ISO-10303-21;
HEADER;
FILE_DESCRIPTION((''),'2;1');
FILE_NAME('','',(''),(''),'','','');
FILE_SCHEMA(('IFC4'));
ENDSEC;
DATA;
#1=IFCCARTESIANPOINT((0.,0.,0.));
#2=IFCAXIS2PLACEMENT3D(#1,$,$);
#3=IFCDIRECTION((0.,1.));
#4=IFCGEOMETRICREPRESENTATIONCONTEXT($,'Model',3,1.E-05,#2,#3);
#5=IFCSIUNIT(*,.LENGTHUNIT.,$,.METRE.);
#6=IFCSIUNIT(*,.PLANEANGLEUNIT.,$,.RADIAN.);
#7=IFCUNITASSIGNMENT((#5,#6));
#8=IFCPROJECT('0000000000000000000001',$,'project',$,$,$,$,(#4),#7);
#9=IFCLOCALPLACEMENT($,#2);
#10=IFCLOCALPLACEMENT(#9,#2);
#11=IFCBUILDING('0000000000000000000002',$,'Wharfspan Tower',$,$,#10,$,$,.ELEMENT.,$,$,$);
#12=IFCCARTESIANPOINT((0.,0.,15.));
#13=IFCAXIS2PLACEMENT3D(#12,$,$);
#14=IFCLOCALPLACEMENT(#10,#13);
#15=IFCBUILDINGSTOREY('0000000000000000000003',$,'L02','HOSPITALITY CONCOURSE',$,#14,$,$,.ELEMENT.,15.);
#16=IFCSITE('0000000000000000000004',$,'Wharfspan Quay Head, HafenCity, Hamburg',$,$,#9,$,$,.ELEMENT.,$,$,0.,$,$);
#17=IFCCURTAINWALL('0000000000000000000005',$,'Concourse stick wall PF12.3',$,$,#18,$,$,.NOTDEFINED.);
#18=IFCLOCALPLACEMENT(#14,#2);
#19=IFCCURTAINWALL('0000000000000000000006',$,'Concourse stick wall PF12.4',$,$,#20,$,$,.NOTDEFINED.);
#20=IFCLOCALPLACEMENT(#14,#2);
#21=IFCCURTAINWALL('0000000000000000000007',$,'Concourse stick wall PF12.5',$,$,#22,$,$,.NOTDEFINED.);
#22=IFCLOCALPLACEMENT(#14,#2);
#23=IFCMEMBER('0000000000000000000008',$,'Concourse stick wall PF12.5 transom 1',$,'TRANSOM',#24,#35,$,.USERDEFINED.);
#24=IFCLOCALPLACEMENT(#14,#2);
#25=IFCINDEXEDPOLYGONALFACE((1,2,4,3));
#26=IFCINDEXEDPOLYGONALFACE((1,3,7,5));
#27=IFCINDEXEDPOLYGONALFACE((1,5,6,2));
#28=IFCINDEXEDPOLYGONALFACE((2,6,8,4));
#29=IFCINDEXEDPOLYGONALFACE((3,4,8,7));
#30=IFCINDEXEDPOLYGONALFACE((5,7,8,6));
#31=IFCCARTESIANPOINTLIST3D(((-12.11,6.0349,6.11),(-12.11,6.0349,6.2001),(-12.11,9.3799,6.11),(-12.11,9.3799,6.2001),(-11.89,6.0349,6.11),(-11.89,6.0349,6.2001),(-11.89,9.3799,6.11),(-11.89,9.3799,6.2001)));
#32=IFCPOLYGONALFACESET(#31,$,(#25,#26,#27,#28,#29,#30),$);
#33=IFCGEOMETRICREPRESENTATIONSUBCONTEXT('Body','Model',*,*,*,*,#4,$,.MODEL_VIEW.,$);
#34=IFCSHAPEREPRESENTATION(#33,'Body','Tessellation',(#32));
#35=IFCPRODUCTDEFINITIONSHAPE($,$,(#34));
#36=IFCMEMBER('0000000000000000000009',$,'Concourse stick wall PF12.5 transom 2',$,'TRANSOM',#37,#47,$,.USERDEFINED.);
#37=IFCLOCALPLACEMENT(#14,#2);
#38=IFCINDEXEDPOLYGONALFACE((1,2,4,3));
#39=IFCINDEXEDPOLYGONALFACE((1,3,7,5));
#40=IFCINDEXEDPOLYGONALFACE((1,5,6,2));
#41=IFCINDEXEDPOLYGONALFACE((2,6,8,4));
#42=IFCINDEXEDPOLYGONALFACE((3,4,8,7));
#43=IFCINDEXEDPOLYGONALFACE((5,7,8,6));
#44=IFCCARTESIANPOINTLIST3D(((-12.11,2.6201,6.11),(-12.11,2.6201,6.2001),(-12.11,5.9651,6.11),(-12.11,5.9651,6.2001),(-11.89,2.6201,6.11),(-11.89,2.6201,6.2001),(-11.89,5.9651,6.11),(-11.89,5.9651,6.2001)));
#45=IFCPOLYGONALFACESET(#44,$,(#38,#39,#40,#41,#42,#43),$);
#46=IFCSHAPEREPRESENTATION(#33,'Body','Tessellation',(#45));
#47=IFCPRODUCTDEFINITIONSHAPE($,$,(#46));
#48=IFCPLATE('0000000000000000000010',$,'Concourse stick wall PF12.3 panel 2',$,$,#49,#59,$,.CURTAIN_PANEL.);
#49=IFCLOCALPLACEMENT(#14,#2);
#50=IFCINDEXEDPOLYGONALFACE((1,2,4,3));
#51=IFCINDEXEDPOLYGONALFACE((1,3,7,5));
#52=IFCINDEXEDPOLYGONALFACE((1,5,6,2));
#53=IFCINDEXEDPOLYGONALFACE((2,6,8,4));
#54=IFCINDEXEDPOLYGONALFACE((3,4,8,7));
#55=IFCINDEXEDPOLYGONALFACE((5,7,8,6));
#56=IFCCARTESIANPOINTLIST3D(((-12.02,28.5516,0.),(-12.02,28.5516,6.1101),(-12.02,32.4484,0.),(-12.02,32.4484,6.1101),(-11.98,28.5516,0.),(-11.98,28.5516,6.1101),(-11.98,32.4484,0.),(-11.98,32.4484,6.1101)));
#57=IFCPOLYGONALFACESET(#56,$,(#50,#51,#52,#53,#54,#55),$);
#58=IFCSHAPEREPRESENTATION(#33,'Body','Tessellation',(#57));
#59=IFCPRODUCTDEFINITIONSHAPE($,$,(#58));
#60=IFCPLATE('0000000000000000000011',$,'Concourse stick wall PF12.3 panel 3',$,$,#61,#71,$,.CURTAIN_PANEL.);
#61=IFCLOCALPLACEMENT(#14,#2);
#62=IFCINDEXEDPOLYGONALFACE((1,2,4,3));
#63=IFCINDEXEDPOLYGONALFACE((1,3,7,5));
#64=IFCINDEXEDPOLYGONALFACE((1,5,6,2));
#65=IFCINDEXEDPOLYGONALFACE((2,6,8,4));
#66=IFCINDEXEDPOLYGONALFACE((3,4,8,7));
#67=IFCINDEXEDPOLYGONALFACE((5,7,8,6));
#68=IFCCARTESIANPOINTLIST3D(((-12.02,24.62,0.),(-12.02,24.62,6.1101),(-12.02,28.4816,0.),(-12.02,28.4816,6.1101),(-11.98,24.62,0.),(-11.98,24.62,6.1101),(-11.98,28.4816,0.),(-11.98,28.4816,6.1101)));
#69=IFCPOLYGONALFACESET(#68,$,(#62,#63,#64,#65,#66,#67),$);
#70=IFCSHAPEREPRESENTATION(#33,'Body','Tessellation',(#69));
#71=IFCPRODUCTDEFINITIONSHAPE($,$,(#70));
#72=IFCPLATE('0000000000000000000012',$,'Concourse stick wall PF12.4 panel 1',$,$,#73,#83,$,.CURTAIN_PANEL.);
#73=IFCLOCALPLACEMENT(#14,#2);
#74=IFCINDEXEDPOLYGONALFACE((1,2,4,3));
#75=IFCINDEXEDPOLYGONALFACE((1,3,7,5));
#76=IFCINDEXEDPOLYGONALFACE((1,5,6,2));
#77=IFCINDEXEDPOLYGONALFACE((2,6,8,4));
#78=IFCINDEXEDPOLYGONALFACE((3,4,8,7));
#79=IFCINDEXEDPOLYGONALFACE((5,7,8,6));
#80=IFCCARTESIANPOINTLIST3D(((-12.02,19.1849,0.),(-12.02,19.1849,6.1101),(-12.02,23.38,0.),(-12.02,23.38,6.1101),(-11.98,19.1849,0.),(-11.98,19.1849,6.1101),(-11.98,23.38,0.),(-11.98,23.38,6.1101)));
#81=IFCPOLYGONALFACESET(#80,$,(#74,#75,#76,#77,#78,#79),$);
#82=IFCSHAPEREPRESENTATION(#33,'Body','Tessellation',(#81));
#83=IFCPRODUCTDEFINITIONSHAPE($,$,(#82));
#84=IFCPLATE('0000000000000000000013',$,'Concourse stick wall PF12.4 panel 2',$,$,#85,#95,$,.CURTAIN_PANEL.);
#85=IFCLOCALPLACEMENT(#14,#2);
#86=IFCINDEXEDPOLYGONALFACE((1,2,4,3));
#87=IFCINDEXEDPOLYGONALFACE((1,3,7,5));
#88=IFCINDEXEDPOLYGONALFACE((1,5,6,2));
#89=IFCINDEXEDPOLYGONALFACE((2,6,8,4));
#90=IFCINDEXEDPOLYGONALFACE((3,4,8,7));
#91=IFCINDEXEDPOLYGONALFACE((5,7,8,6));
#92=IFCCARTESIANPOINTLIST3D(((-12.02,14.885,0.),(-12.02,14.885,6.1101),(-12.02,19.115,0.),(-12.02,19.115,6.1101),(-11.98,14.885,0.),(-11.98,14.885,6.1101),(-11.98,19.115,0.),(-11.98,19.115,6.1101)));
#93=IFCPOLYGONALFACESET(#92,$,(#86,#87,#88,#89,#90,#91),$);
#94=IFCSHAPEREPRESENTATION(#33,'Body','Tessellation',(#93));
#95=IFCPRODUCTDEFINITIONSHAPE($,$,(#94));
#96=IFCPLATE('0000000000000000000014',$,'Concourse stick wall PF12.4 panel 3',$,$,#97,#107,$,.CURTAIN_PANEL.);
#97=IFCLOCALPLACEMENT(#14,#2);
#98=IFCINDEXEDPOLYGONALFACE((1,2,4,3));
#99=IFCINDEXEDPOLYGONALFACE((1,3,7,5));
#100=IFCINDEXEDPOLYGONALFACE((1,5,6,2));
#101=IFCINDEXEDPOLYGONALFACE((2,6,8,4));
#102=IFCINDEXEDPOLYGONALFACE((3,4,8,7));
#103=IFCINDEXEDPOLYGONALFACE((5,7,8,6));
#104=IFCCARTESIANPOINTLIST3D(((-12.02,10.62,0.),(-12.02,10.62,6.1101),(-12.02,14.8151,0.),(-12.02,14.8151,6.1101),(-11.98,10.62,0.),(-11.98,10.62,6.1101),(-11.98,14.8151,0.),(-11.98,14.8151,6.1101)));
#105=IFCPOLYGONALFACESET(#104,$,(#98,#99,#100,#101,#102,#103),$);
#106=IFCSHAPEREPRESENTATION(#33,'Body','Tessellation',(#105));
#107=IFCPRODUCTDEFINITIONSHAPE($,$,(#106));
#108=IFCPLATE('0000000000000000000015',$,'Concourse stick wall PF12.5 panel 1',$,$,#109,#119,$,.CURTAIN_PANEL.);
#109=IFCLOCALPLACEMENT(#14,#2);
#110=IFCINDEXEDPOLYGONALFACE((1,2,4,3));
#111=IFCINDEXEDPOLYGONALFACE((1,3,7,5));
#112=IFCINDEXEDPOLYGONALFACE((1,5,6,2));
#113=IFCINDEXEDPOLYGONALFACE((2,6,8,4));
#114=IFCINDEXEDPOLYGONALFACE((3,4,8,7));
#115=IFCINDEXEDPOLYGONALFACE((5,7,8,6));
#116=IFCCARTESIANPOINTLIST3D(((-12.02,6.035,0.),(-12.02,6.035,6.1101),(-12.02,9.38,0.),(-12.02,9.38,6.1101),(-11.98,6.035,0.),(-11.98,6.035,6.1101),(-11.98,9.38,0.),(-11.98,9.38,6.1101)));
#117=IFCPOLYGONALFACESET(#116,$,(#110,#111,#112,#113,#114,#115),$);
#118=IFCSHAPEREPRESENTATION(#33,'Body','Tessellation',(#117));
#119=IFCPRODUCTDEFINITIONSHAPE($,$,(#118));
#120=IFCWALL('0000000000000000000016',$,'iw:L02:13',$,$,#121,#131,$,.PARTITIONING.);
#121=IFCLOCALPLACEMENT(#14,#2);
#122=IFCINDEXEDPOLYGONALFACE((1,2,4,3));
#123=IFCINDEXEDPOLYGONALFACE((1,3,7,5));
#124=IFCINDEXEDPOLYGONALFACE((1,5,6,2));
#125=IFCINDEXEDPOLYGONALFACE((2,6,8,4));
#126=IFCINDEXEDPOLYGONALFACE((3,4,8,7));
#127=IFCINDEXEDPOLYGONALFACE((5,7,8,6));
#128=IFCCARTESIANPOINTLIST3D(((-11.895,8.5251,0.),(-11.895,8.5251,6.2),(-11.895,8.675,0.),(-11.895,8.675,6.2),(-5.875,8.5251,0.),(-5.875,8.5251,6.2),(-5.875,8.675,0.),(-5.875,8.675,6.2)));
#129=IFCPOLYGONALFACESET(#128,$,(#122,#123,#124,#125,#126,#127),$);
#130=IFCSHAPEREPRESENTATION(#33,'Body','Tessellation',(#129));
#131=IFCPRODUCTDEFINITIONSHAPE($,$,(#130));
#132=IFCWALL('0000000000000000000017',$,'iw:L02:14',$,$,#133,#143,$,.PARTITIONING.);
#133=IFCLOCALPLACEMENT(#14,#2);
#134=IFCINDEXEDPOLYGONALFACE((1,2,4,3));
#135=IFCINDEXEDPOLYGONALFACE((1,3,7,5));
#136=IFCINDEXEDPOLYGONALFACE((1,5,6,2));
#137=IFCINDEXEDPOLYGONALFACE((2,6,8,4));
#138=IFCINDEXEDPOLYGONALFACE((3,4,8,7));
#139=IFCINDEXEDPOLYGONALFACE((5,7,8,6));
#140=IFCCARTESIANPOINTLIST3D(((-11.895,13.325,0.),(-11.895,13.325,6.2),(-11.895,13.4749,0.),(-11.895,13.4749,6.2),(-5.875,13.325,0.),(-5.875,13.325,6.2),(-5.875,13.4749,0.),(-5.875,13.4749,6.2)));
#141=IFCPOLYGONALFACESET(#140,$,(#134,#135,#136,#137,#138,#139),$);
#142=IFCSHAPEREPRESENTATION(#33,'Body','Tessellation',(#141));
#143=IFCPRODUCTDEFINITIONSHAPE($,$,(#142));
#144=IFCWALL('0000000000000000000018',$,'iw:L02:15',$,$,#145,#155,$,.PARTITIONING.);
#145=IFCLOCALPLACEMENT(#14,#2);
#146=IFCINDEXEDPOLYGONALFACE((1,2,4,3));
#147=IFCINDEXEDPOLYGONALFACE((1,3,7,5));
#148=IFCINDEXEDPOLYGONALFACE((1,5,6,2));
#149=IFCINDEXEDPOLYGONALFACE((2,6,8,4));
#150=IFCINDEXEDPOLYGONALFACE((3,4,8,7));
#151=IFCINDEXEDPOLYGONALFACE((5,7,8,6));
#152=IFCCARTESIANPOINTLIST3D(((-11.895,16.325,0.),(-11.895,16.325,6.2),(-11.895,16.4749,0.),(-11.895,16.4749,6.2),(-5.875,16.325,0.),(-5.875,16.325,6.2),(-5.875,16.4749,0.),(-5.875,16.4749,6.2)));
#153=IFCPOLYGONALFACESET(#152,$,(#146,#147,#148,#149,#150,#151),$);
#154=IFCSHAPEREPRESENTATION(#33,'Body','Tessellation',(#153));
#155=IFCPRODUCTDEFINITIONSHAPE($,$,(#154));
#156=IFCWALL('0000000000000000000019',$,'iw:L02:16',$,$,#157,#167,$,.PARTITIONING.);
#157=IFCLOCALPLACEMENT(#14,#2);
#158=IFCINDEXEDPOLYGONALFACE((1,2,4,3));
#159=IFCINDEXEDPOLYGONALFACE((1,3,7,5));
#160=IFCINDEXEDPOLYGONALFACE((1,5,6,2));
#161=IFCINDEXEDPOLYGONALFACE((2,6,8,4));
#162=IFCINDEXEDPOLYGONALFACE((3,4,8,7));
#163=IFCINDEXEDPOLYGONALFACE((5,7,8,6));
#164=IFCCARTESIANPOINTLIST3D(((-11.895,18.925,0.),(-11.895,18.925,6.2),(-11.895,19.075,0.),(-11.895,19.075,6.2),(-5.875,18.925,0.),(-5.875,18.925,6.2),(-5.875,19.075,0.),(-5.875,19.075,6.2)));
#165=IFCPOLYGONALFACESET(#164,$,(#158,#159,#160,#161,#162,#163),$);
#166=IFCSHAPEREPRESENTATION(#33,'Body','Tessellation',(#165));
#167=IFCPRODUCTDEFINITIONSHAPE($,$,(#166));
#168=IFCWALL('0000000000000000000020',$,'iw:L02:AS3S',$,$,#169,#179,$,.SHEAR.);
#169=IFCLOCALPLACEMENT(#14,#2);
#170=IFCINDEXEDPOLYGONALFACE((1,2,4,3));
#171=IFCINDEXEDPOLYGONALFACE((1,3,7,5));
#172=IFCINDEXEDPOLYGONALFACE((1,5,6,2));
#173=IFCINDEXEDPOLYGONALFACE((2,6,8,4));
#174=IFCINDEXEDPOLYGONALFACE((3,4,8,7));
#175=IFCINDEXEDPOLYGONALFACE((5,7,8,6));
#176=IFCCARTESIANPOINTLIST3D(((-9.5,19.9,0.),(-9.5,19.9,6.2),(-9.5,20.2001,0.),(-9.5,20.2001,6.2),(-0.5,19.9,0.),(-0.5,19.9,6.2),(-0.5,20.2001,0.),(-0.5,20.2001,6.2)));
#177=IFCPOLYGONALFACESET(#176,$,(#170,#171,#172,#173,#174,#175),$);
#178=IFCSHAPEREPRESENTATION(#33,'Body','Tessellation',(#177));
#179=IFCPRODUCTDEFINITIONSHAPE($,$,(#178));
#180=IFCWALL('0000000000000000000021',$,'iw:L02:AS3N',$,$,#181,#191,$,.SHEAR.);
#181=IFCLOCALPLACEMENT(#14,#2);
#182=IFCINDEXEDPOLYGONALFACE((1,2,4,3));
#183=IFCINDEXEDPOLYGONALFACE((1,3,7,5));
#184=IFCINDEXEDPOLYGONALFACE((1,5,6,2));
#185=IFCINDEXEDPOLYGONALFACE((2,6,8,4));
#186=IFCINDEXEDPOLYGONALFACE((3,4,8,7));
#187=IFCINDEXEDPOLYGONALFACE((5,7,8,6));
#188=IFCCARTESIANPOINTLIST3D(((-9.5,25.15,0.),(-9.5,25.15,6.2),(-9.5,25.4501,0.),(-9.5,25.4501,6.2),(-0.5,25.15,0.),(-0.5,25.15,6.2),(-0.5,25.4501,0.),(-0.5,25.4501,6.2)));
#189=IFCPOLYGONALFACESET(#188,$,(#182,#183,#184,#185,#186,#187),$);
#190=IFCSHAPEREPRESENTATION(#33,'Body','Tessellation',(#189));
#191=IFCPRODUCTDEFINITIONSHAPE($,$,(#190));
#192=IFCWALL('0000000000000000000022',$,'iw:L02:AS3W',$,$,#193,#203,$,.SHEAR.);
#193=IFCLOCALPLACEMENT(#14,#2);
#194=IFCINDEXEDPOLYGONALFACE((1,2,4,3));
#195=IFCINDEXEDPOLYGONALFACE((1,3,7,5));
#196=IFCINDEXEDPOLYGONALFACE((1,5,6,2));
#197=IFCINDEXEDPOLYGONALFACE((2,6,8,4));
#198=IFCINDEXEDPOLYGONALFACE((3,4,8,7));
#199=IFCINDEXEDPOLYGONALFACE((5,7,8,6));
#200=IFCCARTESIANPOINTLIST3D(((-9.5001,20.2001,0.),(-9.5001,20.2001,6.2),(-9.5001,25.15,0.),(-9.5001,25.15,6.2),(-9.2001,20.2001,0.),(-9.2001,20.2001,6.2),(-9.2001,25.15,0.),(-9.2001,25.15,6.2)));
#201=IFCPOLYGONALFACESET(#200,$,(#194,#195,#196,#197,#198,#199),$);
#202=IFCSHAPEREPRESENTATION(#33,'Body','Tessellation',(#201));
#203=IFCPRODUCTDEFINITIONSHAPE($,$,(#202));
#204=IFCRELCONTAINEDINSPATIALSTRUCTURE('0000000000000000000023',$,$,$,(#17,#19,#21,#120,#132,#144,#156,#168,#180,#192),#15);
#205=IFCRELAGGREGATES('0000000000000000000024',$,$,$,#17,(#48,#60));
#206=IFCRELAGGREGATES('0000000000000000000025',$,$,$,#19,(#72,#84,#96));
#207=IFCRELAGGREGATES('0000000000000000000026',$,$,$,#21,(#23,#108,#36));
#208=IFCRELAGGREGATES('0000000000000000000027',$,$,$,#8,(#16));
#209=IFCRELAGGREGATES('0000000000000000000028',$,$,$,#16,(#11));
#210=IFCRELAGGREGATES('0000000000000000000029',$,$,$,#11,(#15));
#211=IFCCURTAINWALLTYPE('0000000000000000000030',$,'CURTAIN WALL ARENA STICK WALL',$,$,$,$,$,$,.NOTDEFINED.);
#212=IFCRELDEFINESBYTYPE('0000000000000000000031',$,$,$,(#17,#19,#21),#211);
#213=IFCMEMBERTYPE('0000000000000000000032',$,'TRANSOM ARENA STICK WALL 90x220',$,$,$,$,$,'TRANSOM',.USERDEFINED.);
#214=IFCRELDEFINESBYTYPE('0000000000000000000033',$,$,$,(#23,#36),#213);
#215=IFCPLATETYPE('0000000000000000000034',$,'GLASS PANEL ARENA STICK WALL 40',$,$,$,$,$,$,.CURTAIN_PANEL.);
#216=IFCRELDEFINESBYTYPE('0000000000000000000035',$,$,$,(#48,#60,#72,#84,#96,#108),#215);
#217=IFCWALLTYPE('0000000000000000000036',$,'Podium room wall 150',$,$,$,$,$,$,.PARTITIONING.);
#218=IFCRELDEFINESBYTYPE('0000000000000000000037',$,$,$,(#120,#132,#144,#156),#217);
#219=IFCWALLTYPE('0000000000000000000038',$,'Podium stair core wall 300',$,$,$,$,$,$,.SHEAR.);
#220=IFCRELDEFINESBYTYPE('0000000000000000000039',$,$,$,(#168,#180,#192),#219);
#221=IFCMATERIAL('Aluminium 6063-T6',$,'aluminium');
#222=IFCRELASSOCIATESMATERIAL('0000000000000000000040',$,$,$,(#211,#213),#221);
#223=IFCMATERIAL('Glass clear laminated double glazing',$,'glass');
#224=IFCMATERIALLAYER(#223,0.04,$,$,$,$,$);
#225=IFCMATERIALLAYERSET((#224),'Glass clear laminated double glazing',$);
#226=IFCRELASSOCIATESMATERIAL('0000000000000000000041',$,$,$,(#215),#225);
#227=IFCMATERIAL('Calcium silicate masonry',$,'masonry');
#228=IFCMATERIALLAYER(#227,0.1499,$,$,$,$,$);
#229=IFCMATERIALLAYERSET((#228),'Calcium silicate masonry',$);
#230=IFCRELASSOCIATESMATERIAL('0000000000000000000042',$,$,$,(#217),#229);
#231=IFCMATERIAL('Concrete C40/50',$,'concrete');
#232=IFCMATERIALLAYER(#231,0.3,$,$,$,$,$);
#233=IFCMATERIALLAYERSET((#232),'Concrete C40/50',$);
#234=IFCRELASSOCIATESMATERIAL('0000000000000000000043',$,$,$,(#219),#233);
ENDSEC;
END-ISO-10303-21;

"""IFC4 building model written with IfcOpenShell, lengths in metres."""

from ifc_helpers import new_model, si_unit, direction, frame, frame_2d, origin, origin_2d, place, context, subcontext, project, spatial, rectangle, extrude, material, layer, layer_set, material_profile, profile_set, type_object, element, aggregate, save


model = new_model("IFC4")

# Units and contexts
model_context = context("Model", 3, precision=1e-05, world=origin(), true_north=direction((0.0, 1.0)))
body_context = subcontext(model_context, "Body", "Model", "MODEL_VIEW")
ifc_project = project(units=[si_unit("LENGTHUNIT", "METRE"), si_unit("PLANEANGLEUNIT", "RADIAN")], contexts=[model_context])

# Site, building, storey
site_placement = place(None, origin())
site = spatial("IfcSite", under=ifc_project, at=site_placement, Name="Wharfspan Quay Head, HafenCity, Hamburg", CompositionType="ELEMENT", RefElevation=0.0)
building_placement = place(site_placement, origin())
building = spatial("IfcBuilding", under=site, at=building_placement, Name="Wharfspan Tower", CompositionType="ELEMENT")
storey_placement = place(building_placement, frame((0.0, 0.0, 15.0)))
storey = spatial("IfcBuildingStorey", under=building, at=storey_placement, Name="L02", Description="HOSPITALITY CONCOURSE", CompositionType="ELEMENT", Elevation=15.0)

# Curtain walls
ifc_material_1 = material(Name="Aluminium 6063-T6", Category="aluminium")
curtain_wall_type = type_object("IfcCurtainWallType", Name="CURTAIN WALL ARENA STICK WALL", PredefinedType="NOTDEFINED", material=ifc_material_1)
curtain_wall_1_placement = place(storey_placement, origin())
curtain_wall_1 = element("IfcCurtainWall", 1, at=curtain_wall_1_placement, inside=storey, type_object=curtain_wall_type, Name="Concourse stick wall PF12.3", PredefinedType="NOTDEFINED")
curtain_wall_2_placement = place(storey_placement, origin())
curtain_wall_2 = element("IfcCurtainWall", 2, at=curtain_wall_2_placement, inside=storey, type_object=curtain_wall_type, Name="Concourse stick wall PF12.4", PredefinedType="NOTDEFINED")
curtain_wall_3_placement = place(storey_placement, origin())
curtain_wall_3 = element("IfcCurtainWall", 3, at=curtain_wall_3_placement, inside=storey, type_object=curtain_wall_type, Name="Concourse stick wall PF12.5", PredefinedType="NOTDEFINED")

# Members
ifc_material_profile_1 = material_profile(ifc_material_1, rectangle(XDim=0.22, YDim=0.0901, at=origin_2d()))
ifc_profile_set_1 = profile_set([ifc_material_profile_1], Name="Aluminium 6063-T6")
member_type_1 = type_object("IfcMemberType", Name="TRANSOM ARENA STICK WALL 90x220", ElementType="TRANSOM", PredefinedType="USERDEFINED", material=ifc_profile_set_1)
member_1_placement = place(storey_placement, frame((-12.0, 9.3799, 6.155), z_axis=(0.0, -1.0, 0.0), x_axis=(1.0, 0.0, 0.0)))
member_1 = element("IfcMember", 4, at=member_1_placement, type_object=member_type_1, Name="Concourse stick wall PF12.5 transom 1", ObjectType="TRANSOM", PredefinedType="USERDEFINED", context=body_context, shape_type="SweptSolid", body=[
    extrude(rectangle(XDim=0.22, YDim=0.0901, at=origin_2d()), origin(), (0.0, 0.0, 1.0), 3.345),
])
member_2_placement = place(storey_placement, frame((-12.0, 5.9651, 6.155), z_axis=(0.0, -1.0, 0.0), x_axis=(1.0, 0.0, 0.0)))
member_2 = element("IfcMember", 5, at=member_2_placement, type_object=member_type_1, Name="Concourse stick wall PF12.5 transom 2", ObjectType="TRANSOM", PredefinedType="USERDEFINED", context=body_context, shape_type="SweptSolid", body=[
    extrude(rectangle(XDim=0.22, YDim=0.0901, at=origin_2d()), origin(), (0.0, 0.0, 1.0), 3.345),
])

# Plates
ifc_material_2 = material(Name="Glass clear laminated double glazing", Category="glass")
ifc_layer_1 = layer(ifc_material_2, 0.04)
ifc_layer_set_1 = layer_set([ifc_layer_1], Name="Glass clear laminated double glazing")
plate_type = type_object("IfcPlateType", Name="GLASS PANEL ARENA STICK WALL 40", PredefinedType="CURTAIN_PANEL", material=ifc_layer_set_1)
plate_1_placement = place(storey_placement, frame((-12.0, 30.5, 0.0), z_axis=(0.0, 0.0, 1.0), x_axis=(0.0, -1.0, 0.0)))
plate_1 = element("IfcPlate", 6, at=plate_1_placement, type_object=plate_type, Name="Concourse stick wall PF12.3 panel 2", PredefinedType="CURTAIN_PANEL", context=body_context, shape_type="SweptSolid", body=[
    extrude(rectangle(XDim=3.8967, YDim=0.04, at=origin_2d()), origin(), (0.0, 0.0, 1.0), 6.1101),
])
plate_2_placement = place(storey_placement, frame((-12.0, 26.5508, 0.0), z_axis=(0.0, 0.0, 1.0), x_axis=(0.0, -1.0, 0.0)))
plate_2 = element("IfcPlate", 7, at=plate_2_placement, type_object=plate_type, Name="Concourse stick wall PF12.3 panel 3", PredefinedType="CURTAIN_PANEL", context=body_context, shape_type="SweptSolid", body=[
    extrude(rectangle(XDim=3.8616, YDim=0.04, at=origin_2d()), origin(), (0.0, 0.0, 1.0), 6.1101),
])
aggregate(curtain_wall_1, [plate_1, plate_2])
plate_3_placement = place(storey_placement, frame((-12.0, 21.2825, 0.0), z_axis=(0.0, 0.0, 1.0), x_axis=(0.0, -1.0, 0.0)))
plate_3 = element("IfcPlate", 8, at=plate_3_placement, type_object=plate_type, Name="Concourse stick wall PF12.4 panel 1", PredefinedType="CURTAIN_PANEL", context=body_context, shape_type="SweptSolid", body=[
    extrude(rectangle(XDim=4.1951, YDim=0.04, at=origin_2d()), origin(), (0.0, 0.0, 1.0), 6.1101),
])
plate_4_placement = place(storey_placement, frame((-12.0, 17.0, 0.0), z_axis=(0.0, 0.0, 1.0), x_axis=(0.0, -1.0, 0.0)))
plate_4 = element("IfcPlate", 9, at=plate_4_placement, type_object=plate_type, Name="Concourse stick wall PF12.4 panel 2", PredefinedType="CURTAIN_PANEL", context=body_context, shape_type="SweptSolid", body=[
    extrude(rectangle(XDim=4.23, YDim=0.04, at=origin_2d()), origin(), (0.0, 0.0, 1.0), 6.1101),
])
plate_5_placement = place(storey_placement, frame((-12.0, 12.7175, 0.0), z_axis=(0.0, 0.0, 1.0), x_axis=(0.0, -1.0, 0.0)))
plate_5 = element("IfcPlate", 10, at=plate_5_placement, type_object=plate_type, Name="Concourse stick wall PF12.4 panel 3", PredefinedType="CURTAIN_PANEL", context=body_context, shape_type="SweptSolid", body=[
    extrude(rectangle(XDim=4.1951, YDim=0.04, at=origin_2d()), origin(), (0.0, 0.0, 1.0), 6.1101),
])
aggregate(curtain_wall_2, [plate_3, plate_4, plate_5])
plate_6_placement = place(storey_placement, frame((-12.0, 7.7075, 0.0), z_axis=(0.0, 0.0, 1.0), x_axis=(0.0, -1.0, 0.0)))
plate_6 = element("IfcPlate", 11, at=plate_6_placement, type_object=plate_type, Name="Concourse stick wall PF12.5 panel 1", PredefinedType="CURTAIN_PANEL", context=body_context, shape_type="SweptSolid", body=[
    extrude(rectangle(XDim=3.345, YDim=0.04, at=origin_2d()), origin(), (0.0, 0.0, 1.0), 6.1101),
])
aggregate(curtain_wall_3, [member_1, plate_6, member_2])

# Walls
ifc_material_3 = material(Name="Calcium silicate masonry", Category="masonry")
ifc_layer_2 = layer(ifc_material_3, 0.1499)
ifc_layer_set_2 = layer_set([ifc_layer_2], Name="Calcium silicate masonry")
wall_type_1 = type_object("IfcWallType", Name="Podium room wall 150", PredefinedType="PARTITIONING", material=ifc_layer_set_2)
for number, where, z_axis, x_axis, name in (
    (12, (-11.895, 8.6001, 0.0), (0.0, 0.0, 1.0), (1.0, 0.0, 0.0), "iw:L02:13"),
    (13, (-11.895, 13.3999, 0.0), (0.0, 0.0, 1.0), (1.0, 0.0, 0.0), "iw:L02:14"),
    (14, (-11.895, 16.3999, 0.0), (0.0, 0.0, 1.0), (1.0, 0.0, 0.0), "iw:L02:15"),
    (15, (-11.895, 19.0, 0.0), (0.0, 0.0, 1.0), (1.0, 0.0, 0.0), "iw:L02:16"),
):
    element("IfcWall", number, at=place(storey_placement, frame(where, z_axis=z_axis, x_axis=x_axis)), inside=storey, type_object=wall_type_1, Name=name, PredefinedType="PARTITIONING", context=body_context, shape_type="SweptSolid", body=[
        extrude(rectangle(XDim=6.02, YDim=0.1499, at=frame_2d((3.01, 0.0))), origin(), (0.0, 0.0, 1.0), 6.2),
    ])
ifc_material_4 = material(Name="Concrete C40/50", Category="concrete")
ifc_layer_3 = layer(ifc_material_4, 0.3)
ifc_layer_set_3 = layer_set([ifc_layer_3], Name="Concrete C40/50")
wall_type_2 = type_object("IfcWallType", Name="Podium stair core wall 300", PredefinedType="SHEAR", material=ifc_layer_set_3)
for number, where, z_axis, x_axis, name in (
    (16, (-9.5, 20.05, 0.0), (0.0, 0.0, 1.0), (1.0, 0.0, 0.0), "iw:L02:AS3S"),
    (17, (-9.5, 25.3, 0.0), (0.0, 0.0, 1.0), (1.0, 0.0, 0.0), "iw:L02:AS3N"),
):
    element("IfcWall", number, at=place(storey_placement, frame(where, z_axis=z_axis, x_axis=x_axis)), inside=storey, type_object=wall_type_2, Name=name, PredefinedType="SHEAR", context=body_context, shape_type="SweptSolid", body=[
        extrude(rectangle(XDim=9.0, YDim=0.3, at=frame_2d((4.5, 0.0))), origin(), (0.0, 0.0, 1.0), 6.2),
    ])
wall_1_placement = place(storey_placement, frame((-9.3501, 20.2, 0.0), z_axis=(0.0, 0.0, 1.0), x_axis=(0.0, 1.0, 0.0)))
element("IfcWall", 18, at=wall_1_placement, inside=storey, type_object=wall_type_2, Name="iw:L02:AS3W", PredefinedType="SHEAR", context=body_context, shape_type="SweptSolid", body=[
    extrude(rectangle(XDim=4.95, YDim=0.3, at=frame_2d((2.4751, 0.0))), origin(), (0.0, 0.0, 1.0), 6.2),
])

save(model, "model.ifc")
